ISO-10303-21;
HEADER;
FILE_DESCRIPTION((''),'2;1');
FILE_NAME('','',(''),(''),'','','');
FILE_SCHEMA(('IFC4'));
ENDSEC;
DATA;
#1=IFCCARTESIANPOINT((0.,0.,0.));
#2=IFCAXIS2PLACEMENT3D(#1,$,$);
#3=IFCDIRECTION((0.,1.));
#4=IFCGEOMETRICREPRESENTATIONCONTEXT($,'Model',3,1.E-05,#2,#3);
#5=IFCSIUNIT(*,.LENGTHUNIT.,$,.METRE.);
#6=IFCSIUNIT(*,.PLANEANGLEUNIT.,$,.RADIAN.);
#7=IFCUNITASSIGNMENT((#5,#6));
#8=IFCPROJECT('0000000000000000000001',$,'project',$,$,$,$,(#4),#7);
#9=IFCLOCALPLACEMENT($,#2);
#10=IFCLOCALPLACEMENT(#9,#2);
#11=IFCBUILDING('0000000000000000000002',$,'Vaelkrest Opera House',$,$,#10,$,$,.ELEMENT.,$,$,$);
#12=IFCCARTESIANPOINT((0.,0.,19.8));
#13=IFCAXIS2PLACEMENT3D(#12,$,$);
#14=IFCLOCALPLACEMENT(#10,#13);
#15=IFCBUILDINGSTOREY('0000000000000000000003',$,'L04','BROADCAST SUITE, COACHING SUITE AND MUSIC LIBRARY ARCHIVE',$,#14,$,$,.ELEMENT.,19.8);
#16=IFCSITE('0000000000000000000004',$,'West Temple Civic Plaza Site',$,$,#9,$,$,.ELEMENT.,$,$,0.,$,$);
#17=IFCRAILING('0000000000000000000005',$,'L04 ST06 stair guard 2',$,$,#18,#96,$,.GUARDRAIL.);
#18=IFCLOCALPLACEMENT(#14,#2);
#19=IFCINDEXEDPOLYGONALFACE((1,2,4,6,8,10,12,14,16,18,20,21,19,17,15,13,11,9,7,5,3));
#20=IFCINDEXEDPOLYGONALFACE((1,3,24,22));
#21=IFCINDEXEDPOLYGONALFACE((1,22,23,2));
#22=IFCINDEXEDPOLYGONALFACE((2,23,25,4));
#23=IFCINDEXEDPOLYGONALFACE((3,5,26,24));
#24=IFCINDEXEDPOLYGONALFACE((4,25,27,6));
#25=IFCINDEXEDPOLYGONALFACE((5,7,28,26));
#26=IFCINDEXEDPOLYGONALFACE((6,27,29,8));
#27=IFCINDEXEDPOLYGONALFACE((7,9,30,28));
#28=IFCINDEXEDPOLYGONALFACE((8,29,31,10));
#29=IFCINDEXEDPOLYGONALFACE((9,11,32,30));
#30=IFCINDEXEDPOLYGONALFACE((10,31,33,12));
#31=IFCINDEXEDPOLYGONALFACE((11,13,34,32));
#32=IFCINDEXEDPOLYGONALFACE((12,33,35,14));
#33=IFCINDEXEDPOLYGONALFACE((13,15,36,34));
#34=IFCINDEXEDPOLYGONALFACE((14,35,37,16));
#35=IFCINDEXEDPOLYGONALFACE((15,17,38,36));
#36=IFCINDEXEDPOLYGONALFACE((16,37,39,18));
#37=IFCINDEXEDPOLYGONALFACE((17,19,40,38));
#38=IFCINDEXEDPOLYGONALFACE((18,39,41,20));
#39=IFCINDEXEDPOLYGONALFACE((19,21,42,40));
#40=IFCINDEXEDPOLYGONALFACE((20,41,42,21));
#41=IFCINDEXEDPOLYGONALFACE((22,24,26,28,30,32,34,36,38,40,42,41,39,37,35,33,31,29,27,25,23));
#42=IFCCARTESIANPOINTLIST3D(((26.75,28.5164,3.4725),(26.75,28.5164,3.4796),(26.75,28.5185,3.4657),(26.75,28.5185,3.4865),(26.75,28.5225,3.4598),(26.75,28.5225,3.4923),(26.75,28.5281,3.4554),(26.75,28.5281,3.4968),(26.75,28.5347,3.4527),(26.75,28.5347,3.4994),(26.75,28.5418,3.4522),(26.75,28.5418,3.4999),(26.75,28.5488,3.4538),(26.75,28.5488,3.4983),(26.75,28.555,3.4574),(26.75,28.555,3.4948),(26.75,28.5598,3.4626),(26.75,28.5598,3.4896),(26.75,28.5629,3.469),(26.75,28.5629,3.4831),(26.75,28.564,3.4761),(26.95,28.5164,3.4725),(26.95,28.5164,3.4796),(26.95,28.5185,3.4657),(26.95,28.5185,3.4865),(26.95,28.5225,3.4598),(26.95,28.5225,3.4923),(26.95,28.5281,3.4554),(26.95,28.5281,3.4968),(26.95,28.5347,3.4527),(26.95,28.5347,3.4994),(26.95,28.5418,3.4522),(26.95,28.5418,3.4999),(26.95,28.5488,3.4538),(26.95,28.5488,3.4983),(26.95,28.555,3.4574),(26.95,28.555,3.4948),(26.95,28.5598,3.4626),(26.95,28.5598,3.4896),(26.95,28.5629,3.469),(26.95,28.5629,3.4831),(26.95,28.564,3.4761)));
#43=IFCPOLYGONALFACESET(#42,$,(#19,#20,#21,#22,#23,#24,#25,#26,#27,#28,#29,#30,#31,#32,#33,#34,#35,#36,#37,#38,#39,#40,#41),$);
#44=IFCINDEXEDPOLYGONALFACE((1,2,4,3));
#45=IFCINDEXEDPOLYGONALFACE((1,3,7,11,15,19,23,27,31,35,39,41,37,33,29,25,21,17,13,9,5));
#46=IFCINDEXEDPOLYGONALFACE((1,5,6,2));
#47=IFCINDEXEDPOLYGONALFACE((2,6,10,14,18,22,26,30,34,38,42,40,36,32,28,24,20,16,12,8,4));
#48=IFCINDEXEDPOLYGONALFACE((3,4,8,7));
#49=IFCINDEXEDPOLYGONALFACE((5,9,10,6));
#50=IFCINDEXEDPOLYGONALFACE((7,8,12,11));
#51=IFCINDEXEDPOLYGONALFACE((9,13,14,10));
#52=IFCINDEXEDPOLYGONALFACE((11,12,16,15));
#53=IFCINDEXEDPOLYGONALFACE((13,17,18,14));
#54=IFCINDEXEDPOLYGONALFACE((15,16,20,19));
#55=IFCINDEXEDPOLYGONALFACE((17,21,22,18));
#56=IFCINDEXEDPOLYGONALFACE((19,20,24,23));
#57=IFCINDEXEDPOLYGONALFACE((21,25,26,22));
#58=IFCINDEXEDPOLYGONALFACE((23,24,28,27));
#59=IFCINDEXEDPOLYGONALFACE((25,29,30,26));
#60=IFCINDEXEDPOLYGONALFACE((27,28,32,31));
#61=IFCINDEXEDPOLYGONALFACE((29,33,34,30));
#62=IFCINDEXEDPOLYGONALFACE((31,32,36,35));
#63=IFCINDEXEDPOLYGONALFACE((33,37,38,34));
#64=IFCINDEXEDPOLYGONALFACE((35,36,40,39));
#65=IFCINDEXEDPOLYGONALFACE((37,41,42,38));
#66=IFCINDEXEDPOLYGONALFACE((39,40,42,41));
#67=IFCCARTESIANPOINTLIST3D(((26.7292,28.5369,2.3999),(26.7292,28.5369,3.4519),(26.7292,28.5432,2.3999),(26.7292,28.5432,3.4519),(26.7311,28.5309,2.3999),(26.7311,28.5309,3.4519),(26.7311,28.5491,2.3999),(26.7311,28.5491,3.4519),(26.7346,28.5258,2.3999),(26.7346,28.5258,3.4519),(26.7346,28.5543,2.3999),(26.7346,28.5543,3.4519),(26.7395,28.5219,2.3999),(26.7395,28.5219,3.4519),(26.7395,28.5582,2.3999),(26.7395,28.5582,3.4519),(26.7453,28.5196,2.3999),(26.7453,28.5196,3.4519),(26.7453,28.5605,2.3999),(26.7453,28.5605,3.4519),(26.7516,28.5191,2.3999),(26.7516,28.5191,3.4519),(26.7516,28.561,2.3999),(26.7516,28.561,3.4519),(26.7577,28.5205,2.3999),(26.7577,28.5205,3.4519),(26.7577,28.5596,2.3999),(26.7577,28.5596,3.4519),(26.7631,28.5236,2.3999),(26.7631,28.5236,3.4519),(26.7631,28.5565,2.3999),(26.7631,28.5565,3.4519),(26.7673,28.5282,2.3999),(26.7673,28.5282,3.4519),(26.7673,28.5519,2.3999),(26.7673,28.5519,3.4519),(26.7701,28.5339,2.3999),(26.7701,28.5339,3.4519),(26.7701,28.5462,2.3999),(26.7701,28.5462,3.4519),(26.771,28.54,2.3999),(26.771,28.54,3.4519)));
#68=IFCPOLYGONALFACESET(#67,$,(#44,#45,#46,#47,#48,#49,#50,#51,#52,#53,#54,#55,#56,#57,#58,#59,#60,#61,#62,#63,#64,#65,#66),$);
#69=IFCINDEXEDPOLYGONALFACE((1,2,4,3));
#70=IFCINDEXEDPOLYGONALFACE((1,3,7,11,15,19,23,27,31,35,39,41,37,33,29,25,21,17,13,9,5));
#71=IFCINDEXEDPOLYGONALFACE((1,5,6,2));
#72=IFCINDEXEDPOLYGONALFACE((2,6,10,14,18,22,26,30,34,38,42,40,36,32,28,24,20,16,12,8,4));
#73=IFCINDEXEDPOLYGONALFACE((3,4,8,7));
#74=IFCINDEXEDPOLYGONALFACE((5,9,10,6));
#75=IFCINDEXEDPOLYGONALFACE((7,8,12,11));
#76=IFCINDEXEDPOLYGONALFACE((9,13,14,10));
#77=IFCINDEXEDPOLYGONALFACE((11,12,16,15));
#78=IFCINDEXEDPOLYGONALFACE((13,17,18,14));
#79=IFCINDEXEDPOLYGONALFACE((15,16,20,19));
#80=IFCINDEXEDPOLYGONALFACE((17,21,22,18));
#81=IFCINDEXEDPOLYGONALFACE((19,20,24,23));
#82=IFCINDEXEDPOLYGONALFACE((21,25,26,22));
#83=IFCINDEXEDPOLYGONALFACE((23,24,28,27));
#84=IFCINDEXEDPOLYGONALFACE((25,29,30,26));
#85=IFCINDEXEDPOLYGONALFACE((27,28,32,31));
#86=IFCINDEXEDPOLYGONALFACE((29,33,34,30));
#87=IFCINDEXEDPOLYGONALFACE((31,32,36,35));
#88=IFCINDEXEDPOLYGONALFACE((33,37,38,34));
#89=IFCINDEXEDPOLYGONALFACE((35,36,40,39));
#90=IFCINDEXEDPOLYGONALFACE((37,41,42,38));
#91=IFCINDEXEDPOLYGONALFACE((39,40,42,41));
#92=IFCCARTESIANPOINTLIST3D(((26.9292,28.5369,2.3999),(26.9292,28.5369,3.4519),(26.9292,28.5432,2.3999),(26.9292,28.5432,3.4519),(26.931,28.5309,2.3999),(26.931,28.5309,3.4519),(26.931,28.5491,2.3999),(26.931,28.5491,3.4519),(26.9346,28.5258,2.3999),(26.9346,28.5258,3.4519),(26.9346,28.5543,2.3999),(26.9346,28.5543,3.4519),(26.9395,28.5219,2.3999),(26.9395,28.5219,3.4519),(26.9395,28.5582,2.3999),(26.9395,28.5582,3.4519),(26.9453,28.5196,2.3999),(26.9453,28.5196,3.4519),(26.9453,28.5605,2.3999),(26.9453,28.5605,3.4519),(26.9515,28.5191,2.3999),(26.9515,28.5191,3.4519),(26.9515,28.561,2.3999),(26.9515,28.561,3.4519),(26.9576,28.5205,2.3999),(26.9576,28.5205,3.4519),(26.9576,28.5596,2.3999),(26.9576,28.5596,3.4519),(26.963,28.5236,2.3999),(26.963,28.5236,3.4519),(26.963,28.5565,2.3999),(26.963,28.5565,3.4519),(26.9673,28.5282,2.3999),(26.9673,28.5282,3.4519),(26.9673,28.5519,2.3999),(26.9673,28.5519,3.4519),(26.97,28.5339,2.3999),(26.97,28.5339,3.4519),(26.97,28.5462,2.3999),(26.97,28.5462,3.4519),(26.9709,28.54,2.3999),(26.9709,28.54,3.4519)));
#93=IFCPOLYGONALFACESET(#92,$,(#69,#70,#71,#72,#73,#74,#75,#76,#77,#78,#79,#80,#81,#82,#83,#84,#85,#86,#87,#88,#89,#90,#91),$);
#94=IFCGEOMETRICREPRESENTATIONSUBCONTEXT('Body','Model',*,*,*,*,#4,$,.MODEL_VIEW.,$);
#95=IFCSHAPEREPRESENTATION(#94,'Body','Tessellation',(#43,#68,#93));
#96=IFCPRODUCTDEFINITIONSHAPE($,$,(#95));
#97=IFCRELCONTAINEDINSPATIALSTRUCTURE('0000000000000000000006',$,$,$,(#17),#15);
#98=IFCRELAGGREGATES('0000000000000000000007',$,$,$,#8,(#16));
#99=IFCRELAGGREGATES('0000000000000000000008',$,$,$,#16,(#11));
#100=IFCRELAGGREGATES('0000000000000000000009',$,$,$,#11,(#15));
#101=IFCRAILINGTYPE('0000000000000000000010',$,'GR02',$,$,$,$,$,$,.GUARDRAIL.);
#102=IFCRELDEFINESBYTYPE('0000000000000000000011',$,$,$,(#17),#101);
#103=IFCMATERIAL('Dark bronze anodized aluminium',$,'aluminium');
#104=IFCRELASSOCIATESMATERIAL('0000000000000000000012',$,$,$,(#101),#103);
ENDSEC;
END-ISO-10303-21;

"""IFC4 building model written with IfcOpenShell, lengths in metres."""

from ifc_helpers import new_model, si_unit, direction, frame, origin, origin_2d, place, context, subcontext, project, spatial, circle, extrude, material, type_object, element, save


model = new_model("IFC4")

# Units and contexts
model_context = context("Model", 3, precision=1e-05, world=origin(), true_north=direction((0.0, 1.0)))
body_context = subcontext(model_context, "Body", "Model", "MODEL_VIEW")
ifc_project = project(units=[si_unit("LENGTHUNIT", "METRE"), si_unit("PLANEANGLEUNIT", "RADIAN")], contexts=[model_context])

# Site, building, storey
site_placement = place(None, origin())
site = spatial("IfcSite", under=ifc_project, at=site_placement, Name="West Temple Civic Plaza Site", CompositionType="ELEMENT", RefElevation=0.0)
building_placement = place(site_placement, origin())
building = spatial("IfcBuilding", under=site, at=building_placement, Name="Vaelkrest Opera House", CompositionType="ELEMENT")
storey_placement = place(building_placement, frame((0.0, 0.0, 19.8)))
storey = spatial("IfcBuildingStorey", under=building, at=storey_placement, Name="L04", Description="BROADCAST SUITE, COACHING SUITE AND MUSIC LIBRARY ARCHIVE", CompositionType="ELEMENT", Elevation=19.8)

# Railing
ifc_material_1 = material(Name="Dark bronze anodized aluminium", Category="aluminium")
railing_type_1 = type_object("IfcRailingType", Name="GR02", PredefinedType="GUARDRAIL", material=ifc_material_1)
railing_1_placement = place(storey_placement, frame((26.75, 28.54, 2.3999)))
element("IfcRailing", 1, at=railing_1_placement, inside=storey, type_object=railing_type_1, Name="L04 ST06 stair guard 2", PredefinedType="GUARDRAIL", context=body_context, shape_type="SweptSolid", body=[
    extrude(circle(Radius=0.0239, at=origin_2d()), frame((0.0, 0.0, 1.0762), z_axis=(1.0, 0.0, 0.0), x_axis=(0.0, 1.0, 0.0)), (0.0, 0.0, 1.0), 0.2),
    extrude(circle(Radius=0.021, at=origin_2d()), origin(), (0.0, 0.0, 1.0), 1.052),
    extrude(circle(Radius=0.021, at=origin_2d()), frame((0.2, 0.0, 0.0)), (0.0, 0.0, 1.0), 1.052),
])

save(model, "model.ifc")
